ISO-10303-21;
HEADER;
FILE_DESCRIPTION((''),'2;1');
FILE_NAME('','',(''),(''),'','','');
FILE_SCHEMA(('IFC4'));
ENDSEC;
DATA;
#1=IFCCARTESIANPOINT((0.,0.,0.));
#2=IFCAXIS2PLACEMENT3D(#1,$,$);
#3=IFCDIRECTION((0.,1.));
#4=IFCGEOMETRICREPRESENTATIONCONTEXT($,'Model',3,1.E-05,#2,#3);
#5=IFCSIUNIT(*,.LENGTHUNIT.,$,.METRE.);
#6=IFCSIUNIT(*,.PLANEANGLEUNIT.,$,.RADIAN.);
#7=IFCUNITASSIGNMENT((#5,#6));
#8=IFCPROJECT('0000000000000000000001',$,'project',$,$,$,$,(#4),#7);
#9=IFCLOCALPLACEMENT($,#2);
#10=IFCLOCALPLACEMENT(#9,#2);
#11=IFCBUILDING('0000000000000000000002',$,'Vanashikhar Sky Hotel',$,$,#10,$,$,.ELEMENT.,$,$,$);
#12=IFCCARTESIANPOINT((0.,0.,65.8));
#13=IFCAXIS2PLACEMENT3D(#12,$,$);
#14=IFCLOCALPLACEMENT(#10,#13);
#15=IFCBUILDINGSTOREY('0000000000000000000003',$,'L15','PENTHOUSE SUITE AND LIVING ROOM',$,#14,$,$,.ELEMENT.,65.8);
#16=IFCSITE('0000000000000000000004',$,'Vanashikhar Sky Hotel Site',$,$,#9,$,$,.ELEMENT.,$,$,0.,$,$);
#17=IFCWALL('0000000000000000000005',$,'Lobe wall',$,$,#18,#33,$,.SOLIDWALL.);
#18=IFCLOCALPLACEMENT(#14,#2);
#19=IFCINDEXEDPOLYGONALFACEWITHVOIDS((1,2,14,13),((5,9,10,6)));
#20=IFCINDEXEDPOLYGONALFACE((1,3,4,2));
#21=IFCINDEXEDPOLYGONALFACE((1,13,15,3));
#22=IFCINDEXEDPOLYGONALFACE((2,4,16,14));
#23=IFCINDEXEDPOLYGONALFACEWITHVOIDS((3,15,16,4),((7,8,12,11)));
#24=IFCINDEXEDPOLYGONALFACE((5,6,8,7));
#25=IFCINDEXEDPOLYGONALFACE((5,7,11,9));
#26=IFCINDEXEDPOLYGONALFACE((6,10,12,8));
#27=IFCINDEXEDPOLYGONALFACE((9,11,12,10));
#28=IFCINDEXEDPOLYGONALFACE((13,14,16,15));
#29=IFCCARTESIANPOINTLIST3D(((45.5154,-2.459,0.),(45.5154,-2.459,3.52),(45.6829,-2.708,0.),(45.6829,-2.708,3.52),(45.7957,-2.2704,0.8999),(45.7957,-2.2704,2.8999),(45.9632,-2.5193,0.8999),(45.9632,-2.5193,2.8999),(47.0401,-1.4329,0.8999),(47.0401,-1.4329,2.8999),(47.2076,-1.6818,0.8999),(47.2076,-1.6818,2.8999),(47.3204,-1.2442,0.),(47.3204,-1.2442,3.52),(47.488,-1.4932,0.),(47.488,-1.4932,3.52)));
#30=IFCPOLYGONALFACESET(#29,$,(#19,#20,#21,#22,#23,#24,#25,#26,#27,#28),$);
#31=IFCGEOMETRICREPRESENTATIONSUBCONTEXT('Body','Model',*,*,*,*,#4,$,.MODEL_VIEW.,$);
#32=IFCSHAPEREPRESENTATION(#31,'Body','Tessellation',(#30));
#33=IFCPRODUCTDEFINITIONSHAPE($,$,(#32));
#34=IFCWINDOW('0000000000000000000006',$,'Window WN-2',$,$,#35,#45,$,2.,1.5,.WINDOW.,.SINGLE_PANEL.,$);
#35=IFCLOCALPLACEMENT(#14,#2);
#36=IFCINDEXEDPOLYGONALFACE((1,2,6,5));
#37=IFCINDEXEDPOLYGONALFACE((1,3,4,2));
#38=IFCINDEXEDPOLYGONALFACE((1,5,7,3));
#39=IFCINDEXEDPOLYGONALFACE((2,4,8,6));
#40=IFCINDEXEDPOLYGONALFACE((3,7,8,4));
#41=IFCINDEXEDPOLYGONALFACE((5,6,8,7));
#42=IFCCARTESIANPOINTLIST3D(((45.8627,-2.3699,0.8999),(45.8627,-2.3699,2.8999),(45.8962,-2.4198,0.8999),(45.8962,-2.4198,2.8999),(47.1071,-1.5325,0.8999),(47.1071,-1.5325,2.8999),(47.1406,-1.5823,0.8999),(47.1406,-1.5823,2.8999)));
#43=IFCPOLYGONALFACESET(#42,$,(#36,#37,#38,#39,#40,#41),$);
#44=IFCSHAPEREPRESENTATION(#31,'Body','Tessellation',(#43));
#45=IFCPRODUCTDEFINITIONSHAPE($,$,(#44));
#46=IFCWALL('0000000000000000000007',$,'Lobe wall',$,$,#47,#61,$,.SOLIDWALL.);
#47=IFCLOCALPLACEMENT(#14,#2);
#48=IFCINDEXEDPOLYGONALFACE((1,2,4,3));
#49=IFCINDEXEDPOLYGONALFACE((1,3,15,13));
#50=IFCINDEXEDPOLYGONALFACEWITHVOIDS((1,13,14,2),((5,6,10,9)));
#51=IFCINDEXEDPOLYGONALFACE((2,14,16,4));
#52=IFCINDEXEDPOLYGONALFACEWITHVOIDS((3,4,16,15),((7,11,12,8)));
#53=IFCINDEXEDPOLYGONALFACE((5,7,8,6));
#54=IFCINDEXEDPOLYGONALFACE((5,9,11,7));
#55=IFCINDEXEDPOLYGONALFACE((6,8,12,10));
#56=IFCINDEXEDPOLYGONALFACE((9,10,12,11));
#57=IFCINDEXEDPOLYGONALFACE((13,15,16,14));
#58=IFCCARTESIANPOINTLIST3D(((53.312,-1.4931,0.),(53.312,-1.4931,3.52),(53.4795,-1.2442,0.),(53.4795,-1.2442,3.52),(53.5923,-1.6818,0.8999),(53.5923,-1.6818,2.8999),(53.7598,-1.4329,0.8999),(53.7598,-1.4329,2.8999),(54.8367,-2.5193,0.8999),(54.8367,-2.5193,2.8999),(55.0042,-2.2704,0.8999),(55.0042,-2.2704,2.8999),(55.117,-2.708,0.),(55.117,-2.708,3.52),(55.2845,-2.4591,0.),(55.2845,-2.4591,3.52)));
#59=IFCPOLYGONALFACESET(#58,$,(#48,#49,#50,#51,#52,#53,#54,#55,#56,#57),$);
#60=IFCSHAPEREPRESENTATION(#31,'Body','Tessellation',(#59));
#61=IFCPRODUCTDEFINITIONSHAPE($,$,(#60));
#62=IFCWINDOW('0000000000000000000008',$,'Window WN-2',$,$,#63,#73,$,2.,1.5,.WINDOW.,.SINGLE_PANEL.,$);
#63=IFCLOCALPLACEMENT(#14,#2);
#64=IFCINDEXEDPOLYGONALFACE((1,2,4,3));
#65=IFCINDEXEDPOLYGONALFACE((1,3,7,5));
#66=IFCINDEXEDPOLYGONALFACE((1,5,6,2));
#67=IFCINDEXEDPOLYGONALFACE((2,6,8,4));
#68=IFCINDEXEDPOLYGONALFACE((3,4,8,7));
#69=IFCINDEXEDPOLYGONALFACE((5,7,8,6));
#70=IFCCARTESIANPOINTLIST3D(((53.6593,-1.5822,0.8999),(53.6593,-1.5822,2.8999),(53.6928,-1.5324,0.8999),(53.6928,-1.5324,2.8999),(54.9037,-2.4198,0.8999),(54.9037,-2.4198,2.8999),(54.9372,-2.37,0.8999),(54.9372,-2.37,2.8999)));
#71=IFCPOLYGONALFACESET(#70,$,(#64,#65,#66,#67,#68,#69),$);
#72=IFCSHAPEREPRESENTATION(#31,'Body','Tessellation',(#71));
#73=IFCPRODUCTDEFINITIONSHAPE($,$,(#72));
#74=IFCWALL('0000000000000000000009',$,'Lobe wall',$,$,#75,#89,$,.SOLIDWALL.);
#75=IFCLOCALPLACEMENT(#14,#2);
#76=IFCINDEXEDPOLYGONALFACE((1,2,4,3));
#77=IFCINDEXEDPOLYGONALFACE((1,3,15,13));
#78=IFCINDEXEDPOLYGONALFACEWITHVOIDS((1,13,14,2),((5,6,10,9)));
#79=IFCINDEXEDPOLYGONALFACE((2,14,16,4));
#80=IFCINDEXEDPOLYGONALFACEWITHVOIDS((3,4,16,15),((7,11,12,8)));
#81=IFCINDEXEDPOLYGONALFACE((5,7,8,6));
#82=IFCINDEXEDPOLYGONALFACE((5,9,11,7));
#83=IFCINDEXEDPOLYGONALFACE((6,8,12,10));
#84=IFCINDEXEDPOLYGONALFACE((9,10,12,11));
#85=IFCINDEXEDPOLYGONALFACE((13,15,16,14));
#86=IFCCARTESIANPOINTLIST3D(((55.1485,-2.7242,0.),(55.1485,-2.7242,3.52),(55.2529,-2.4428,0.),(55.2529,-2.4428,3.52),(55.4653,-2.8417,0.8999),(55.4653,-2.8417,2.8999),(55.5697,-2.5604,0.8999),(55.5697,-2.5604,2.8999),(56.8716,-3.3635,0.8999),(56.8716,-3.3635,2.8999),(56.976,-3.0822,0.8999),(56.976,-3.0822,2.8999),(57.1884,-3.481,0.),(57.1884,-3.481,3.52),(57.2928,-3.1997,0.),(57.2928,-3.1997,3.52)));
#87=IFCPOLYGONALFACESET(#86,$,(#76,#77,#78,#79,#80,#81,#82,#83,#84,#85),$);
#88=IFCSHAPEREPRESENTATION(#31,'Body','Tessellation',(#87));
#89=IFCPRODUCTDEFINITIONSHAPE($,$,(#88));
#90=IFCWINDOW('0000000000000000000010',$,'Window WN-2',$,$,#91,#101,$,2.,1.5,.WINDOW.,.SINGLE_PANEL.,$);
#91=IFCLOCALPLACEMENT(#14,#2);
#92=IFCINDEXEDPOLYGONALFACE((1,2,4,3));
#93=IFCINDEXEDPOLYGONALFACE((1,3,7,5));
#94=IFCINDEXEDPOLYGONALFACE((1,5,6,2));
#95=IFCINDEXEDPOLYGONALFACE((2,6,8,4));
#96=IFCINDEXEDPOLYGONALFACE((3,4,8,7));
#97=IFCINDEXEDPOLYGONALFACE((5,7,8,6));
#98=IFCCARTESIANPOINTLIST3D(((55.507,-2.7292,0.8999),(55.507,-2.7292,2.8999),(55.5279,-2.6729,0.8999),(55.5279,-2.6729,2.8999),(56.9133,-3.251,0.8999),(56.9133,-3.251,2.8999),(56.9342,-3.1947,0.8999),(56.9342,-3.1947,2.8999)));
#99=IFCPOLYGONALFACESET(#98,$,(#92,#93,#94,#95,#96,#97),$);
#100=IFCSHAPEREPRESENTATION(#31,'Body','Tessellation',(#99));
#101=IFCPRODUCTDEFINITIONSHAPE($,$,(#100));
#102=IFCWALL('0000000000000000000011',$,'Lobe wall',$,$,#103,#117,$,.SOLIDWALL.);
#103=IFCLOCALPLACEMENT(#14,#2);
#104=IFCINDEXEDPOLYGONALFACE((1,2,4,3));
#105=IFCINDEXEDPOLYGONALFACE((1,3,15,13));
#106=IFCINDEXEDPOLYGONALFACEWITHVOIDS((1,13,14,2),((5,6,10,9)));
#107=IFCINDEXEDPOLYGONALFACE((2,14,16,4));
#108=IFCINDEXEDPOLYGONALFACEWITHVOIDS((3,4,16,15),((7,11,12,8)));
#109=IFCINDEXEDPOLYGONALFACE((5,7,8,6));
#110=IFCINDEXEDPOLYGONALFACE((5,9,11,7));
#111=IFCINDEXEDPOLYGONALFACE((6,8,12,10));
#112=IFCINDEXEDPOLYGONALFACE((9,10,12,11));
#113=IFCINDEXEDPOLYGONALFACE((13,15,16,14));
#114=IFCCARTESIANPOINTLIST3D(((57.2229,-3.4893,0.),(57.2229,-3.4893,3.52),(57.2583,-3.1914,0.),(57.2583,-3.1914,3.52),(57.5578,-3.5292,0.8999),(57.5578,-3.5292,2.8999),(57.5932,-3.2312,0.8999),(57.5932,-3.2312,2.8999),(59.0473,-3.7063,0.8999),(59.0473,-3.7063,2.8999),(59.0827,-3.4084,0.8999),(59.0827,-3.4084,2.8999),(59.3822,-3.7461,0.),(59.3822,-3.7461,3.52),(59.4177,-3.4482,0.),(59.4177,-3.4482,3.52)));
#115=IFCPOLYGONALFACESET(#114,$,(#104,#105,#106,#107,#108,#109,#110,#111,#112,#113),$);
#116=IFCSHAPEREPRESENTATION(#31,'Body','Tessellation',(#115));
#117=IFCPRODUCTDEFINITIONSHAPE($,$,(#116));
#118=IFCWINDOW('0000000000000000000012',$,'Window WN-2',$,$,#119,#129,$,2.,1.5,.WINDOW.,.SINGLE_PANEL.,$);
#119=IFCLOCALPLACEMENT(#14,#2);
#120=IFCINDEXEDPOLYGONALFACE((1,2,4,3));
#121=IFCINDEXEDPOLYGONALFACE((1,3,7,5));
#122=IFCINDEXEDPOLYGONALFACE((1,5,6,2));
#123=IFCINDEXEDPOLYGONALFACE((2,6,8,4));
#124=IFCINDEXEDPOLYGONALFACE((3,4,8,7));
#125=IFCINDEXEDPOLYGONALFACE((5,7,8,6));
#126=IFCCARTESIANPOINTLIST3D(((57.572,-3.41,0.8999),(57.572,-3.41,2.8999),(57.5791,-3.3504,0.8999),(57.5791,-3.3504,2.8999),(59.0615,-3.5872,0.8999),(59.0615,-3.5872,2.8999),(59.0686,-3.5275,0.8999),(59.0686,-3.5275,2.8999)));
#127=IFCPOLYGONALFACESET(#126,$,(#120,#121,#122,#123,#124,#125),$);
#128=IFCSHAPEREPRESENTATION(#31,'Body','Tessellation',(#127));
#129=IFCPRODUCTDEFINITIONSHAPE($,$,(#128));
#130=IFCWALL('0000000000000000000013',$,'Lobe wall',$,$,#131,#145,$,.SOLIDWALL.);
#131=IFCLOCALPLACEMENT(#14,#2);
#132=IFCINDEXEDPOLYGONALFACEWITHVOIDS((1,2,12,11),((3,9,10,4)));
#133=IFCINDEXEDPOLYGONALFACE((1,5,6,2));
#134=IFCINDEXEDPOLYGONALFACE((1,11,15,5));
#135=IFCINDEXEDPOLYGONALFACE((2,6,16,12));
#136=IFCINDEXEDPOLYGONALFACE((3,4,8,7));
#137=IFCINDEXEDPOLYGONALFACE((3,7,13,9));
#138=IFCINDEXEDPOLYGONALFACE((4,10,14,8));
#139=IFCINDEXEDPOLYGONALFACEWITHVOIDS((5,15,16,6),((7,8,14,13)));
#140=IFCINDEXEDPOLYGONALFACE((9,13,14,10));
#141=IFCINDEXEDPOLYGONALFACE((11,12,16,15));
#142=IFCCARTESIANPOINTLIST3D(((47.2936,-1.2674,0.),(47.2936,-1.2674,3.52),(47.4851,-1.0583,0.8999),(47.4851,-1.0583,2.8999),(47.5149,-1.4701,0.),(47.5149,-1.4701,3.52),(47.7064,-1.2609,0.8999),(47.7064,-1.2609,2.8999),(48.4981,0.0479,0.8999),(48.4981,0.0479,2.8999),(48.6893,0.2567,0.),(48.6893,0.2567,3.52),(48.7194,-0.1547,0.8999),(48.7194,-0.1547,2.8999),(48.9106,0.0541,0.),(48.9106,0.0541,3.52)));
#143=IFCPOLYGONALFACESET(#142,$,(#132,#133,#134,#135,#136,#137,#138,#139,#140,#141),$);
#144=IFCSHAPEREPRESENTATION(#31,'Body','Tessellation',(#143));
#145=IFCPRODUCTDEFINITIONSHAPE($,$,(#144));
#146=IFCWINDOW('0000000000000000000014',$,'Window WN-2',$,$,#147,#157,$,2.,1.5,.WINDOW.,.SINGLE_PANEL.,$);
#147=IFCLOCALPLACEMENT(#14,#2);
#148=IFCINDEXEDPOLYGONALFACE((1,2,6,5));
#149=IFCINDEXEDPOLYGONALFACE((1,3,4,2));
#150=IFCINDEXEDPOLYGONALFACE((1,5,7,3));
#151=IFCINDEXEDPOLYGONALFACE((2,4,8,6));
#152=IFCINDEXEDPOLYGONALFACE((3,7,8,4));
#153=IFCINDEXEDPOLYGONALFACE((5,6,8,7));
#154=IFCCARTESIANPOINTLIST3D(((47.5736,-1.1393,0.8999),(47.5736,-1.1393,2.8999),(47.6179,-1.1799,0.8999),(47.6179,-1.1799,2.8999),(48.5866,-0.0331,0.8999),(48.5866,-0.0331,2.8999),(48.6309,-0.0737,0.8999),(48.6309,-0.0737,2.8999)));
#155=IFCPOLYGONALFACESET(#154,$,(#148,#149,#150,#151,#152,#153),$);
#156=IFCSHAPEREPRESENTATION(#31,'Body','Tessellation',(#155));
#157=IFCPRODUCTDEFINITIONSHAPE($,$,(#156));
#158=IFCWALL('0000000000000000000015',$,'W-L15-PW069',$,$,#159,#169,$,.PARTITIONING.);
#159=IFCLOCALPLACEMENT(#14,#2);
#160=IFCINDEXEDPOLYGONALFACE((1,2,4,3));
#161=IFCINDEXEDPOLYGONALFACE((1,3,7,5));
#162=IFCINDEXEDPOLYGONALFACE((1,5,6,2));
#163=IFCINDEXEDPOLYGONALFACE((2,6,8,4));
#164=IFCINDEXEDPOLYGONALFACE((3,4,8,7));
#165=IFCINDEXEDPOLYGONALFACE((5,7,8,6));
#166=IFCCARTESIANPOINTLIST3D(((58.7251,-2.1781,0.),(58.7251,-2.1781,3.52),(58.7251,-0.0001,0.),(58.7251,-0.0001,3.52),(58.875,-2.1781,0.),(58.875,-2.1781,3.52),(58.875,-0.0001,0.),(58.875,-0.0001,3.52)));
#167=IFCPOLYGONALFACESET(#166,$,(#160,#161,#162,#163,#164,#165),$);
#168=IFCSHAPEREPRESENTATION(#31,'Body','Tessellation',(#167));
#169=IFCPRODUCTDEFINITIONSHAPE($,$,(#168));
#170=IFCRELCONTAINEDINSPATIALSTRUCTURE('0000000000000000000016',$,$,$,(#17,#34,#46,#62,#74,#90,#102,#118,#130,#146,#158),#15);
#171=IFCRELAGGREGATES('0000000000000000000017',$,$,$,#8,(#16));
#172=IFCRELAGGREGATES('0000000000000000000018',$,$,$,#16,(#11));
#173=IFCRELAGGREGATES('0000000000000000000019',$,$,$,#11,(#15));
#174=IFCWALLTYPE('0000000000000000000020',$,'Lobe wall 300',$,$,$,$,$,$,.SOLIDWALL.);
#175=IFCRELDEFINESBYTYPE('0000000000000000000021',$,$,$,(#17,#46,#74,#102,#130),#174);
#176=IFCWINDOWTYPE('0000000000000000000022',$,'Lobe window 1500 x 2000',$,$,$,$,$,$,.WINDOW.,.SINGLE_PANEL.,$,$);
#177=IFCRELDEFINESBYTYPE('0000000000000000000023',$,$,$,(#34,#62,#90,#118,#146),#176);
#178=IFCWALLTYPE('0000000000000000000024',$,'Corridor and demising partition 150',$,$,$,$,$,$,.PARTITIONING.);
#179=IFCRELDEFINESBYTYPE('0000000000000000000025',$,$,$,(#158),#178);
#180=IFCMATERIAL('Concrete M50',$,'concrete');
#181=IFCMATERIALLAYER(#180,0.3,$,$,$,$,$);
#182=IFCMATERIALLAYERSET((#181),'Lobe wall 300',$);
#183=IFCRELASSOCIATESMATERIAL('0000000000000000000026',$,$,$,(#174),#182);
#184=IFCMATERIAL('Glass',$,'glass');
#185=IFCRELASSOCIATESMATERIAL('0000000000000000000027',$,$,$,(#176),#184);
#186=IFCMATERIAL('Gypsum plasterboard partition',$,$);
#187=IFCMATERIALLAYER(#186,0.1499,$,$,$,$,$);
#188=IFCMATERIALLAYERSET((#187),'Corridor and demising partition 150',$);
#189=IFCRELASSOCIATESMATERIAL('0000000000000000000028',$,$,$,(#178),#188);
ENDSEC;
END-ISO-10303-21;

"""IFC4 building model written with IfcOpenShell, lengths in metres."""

from ifc_helpers import new_model, si_unit, direction, frame, frame_2d, origin, place, context, subcontext, project, spatial, rectangle, extrude, source, transform, mapped, material, layer, layer_set, type_object, element, fill, save


model = new_model("IFC4")

# Units and contexts
model_context = context("Model", 3, precision=1e-05, world=origin(), true_north=direction((0.0, 1.0)))
body_context = subcontext(model_context, "Body", "Model", "MODEL_VIEW")
ifc_project = project(units=[si_unit("LENGTHUNIT", "METRE"), si_unit("PLANEANGLEUNIT", "RADIAN")], contexts=[model_context])

# Site, building, storey
site_placement = place(None, origin())
site = spatial("IfcSite", under=ifc_project, at=site_placement, Name="Vanashikhar Sky Hotel Site", CompositionType="ELEMENT", RefElevation=0.0)
building_placement = place(site_placement, origin())
building = spatial("IfcBuilding", under=site, at=building_placement, Name="Vanashikhar Sky Hotel", CompositionType="ELEMENT")
storey_placement = place(building_placement, frame((0.0, 0.0, 65.8)))
storey = spatial("IfcBuildingStorey", under=building, at=storey_placement, Name="L15", Description="PENTHOUSE SUITE AND LIVING ROOM", CompositionType="ELEMENT", Elevation=65.8)

# Walls, openings, windows
ifc_material_1 = material(Name="Concrete M50", Category="concrete")
ifc_layer_1 = layer(ifc_material_1, 0.3)
ifc_layer_set_1 = layer_set([ifc_layer_1], Name="Lobe wall 300")
wall_type_1 = type_object("IfcWallType", Name="Lobe wall 300", PredefinedType="SOLIDWALL", material=ifc_layer_set_1)
shared_shape_1 = source(origin(), body_context, "Body", "SweptSolid", [
    extrude(rectangle(XDim=2.1758, YDim=0.3, at=frame_2d((1.0879, 0.0))), origin(), (0.0, 0.0, 1.0), 3.52),
])
wall_1_placement = place(storey_placement, frame((45.5991, -2.5835, 0.0), z_axis=(0.0, 0.0, 1.0), x_axis=(0.829626, 0.55832, 0.0)))
wall_1 = element("IfcWall", 1, at=wall_1_placement, inside=storey, type_object=wall_type_1, Name="Lobe wall", PredefinedType="SOLIDWALL", context=body_context, shape_type="MappedRepresentation", body=[
    mapped(shared_shape_1, transform((0.0, 0.0, 0.0), scale=1.0)),
])
shared_shape_2 = source(origin(), body_context, "Body", "SweptSolid", [
    extrude(rectangle(XDim=1.5, YDim=2.0, at=frame_2d((0.75, 1.0))), frame((0.0, 0.1602, 0.0), z_axis=(0.0, -1.0, 0.0), x_axis=(1.0, 0.0, 0.0)), (0.0, 0.0, 1.0), 0.3201),
])
opening_1_placement = place(wall_1_placement, frame((0.3379, 0.0, 0.8999)))
opening_1 = element("IfcOpeningElement", 2, at=opening_1_placement, cuts=wall_1, PredefinedType="OPENING", context=body_context, shape_type="MappedRepresentation", body=[
    mapped(shared_shape_2, transform((0.0, 0.0, 0.0), scale=1.0)),
])
ifc_material_2 = material(Name="Glass", Category="glass")
window_type = type_object("IfcWindowType", Name="Lobe window 1500 x 2000", PartitioningType="SINGLE_PANEL", PredefinedType="WINDOW", material=ifc_material_2)
shared_shape_3 = source(origin(), body_context, "Body", "SweptSolid", [
    extrude(rectangle(XDim=1.5, YDim=2.0, at=frame_2d((0.75, 1.0))), frame((0.0, 0.03, 0.0), z_axis=(0.0, -1.0, 0.0), x_axis=(1.0, 0.0, 0.0)), (0.0, 0.0, 1.0), 0.0601),
])
window_1_placement = place(opening_1_placement, origin())
window_1 = element("IfcWindow", 3, at=window_1_placement, inside=storey, type_object=window_type, Name="Window WN-2", OverallHeight=2.0, OverallWidth=1.5, PartitioningType="SINGLE_PANEL", PredefinedType="WINDOW", context=body_context, shape_type="MappedRepresentation", body=[
    mapped(shared_shape_3, transform((0.0, 0.0, 0.0), scale=1.0)),
])
fill(opening_1, window_1)
wall_2_placement = place(storey_placement, frame((53.3958, -1.3687, 0.0), z_axis=(0.0, 0.0, 1.0), x_axis=(0.829591, -0.558372, 0.0)))
wall_2 = element("IfcWall", 4, at=wall_2_placement, inside=storey, type_object=wall_type_1, Name="Lobe wall", PredefinedType="SOLIDWALL", context=body_context, shape_type="MappedRepresentation", body=[
    mapped(shared_shape_1, transform((0.0, 0.0, 0.0), scale=1.0)),
])
opening_2_placement = place(wall_2_placement, frame((0.3379, 0.0, 0.8999)))
opening_2 = element("IfcOpeningElement", 5, at=opening_2_placement, cuts=wall_2, PredefinedType="OPENING", context=body_context, shape_type="MappedRepresentation", body=[
    mapped(shared_shape_2, transform((0.0, 0.0, 0.0), scale=1.0)),
])
window_2_placement = place(opening_2_placement, origin())
window_2 = element("IfcWindow", 6, at=window_2_placement, inside=storey, type_object=window_type, Name="Window WN-2", OverallHeight=2.0, OverallWidth=1.5, PartitioningType="SINGLE_PANEL", PredefinedType="WINDOW", context=body_context, shape_type="MappedRepresentation", body=[
    mapped(shared_shape_3, transform((0.0, 0.0, 0.0), scale=1.0)),
])
fill(opening_2, window_2)
wall_3_placement = place(storey_placement, frame((55.2007, -2.5835, 0.0), z_axis=(0.0, 0.0, 1.0), x_axis=(0.937546, -0.347863, 0.0)))
wall_3 = element("IfcWall", 7, at=wall_3_placement, inside=storey, type_object=wall_type_1, Name="Lobe wall", PredefinedType="SOLIDWALL", context=body_context, shape_type="MappedRepresentation", body=[
    mapped(shared_shape_1, transform((0.0, 0.0, 0.0), scale=1.0)),
])
opening_3_placement = place(wall_3_placement, frame((0.3379, 0.0, 0.8999)))
opening_3 = element("IfcOpeningElement", 8, at=opening_3_placement, cuts=wall_3, PredefinedType="OPENING", context=body_context, shape_type="MappedRepresentation", body=[
    mapped(shared_shape_2, transform((0.0, 0.0, 0.0), scale=1.0)),
])
window_3_placement = place(opening_3_placement, origin())
window_3 = element("IfcWindow", 9, at=window_3_placement, inside=storey, type_object=window_type, Name="Window WN-2", OverallHeight=2.0, OverallWidth=1.5, PartitioningType="SINGLE_PANEL", PredefinedType="WINDOW", context=body_context, shape_type="MappedRepresentation", body=[
    mapped(shared_shape_3, transform((0.0, 0.0, 0.0), scale=1.0)),
])
fill(opening_3, window_3)
shared_shape_4 = source(origin(), body_context, "Body", "SweptSolid", [
    extrude(rectangle(XDim=2.1746, YDim=0.3, at=frame_2d((1.0874, 0.0))), origin(), (0.0, 0.0, 1.0), 3.52),
])
wall_4_placement = place(storey_placement, frame((57.2405, -3.3403, 0.0), z_axis=(0.0, 0.0, 1.0), x_axis=(0.993001, -0.118105, 0.0)))
wall_4 = element("IfcWall", 10, at=wall_4_placement, inside=storey, type_object=wall_type_1, Name="Lobe wall", PredefinedType="SOLIDWALL", context=body_context, shape_type="MappedRepresentation", body=[
    mapped(shared_shape_4, transform((0.0, 0.0, 0.0), scale=1.0)),
])
opening_4_placement = place(wall_4_placement, frame((0.3374, 0.0, 0.8999)))
opening_4 = element("IfcOpeningElement", 11, at=opening_4_placement, cuts=wall_4, PredefinedType="OPENING", context=body_context, shape_type="MappedRepresentation", body=[
    mapped(shared_shape_2, transform((0.0, 0.0, 0.0), scale=1.0)),
])
window_4_placement = place(opening_4_placement, origin())
window_4 = element("IfcWindow", 12, at=window_4_placement, inside=storey, type_object=window_type, Name="Window WN-2", OverallHeight=2.0, OverallWidth=1.5, PartitioningType="SINGLE_PANEL", PredefinedType="WINDOW", context=body_context, shape_type="MappedRepresentation", body=[
    mapped(shared_shape_3, transform((0.0, 0.0, 0.0), scale=1.0)),
])
fill(opening_4, window_4)
shared_shape_5 = source(origin(), body_context, "Body", "SweptSolid", [
    extrude(rectangle(XDim=2.0667, YDim=0.3, at=frame_2d((1.0332, 0.0))), origin(), (0.0, 0.0, 1.0), 3.52),
])
wall_5_placement = place(storey_placement, frame((47.4043, -1.3687, 0.0), z_axis=(0.0, 0.0, 1.0), x_axis=(0.675355, 0.737492, 0.0)))
wall_5 = element("IfcWall", 13, at=wall_5_placement, inside=storey, type_object=wall_type_1, Name="Lobe wall", PredefinedType="SOLIDWALL", context=body_context, shape_type="MappedRepresentation", body=[
    mapped(shared_shape_5, transform((0.0, 0.0, 0.0), scale=1.0)),
])
opening_5_placement = place(wall_5_placement, frame((0.2834, 0.0, 0.8999)))
opening_5 = element("IfcOpeningElement", 14, at=opening_5_placement, cuts=wall_5, PredefinedType="OPENING", context=body_context, shape_type="MappedRepresentation", body=[
    mapped(shared_shape_2, transform((0.0, 0.0, 0.0), scale=1.0)),
])
window_5_placement = place(opening_5_placement, origin())
window_5 = element("IfcWindow", 15, at=window_5_placement, inside=storey, type_object=window_type, Name="Window WN-2", OverallHeight=2.0, OverallWidth=1.5, PartitioningType="SINGLE_PANEL", PredefinedType="WINDOW", context=body_context, shape_type="MappedRepresentation", body=[
    mapped(shared_shape_3, transform((0.0, 0.0, 0.0), scale=1.0)),
])
fill(opening_5, window_5)

# Wall
ifc_material_3 = material(Name="Gypsum plasterboard partition")
ifc_layer_2 = layer(ifc_material_3, 0.1499)
ifc_layer_set_2 = layer_set([ifc_layer_2], Name="Corridor and demising partition 150")
wall_type_2 = type_object("IfcWallType", Name="Corridor and demising partition 150", PredefinedType="PARTITIONING", material=ifc_layer_set_2)
shared_shape_6 = source(origin(), body_context, "Body", "SweptSolid", [
    extrude(rectangle(XDim=2.178, YDim=0.1499, at=frame_2d((1.0889, 0.0))), origin(), (0.0, 0.0, 1.0), 3.52),
])
wall_6_placement = place(storey_placement, frame((58.8, -2.178, 0.0), z_axis=(0.0, 0.0, 1.0), x_axis=(0.0, 1.0, 0.0)))
element("IfcWall", 16, at=wall_6_placement, inside=storey, type_object=wall_type_2, Name="W-L15-PW069", PredefinedType="PARTITIONING", context=body_context, shape_type="MappedRepresentation", body=[
    mapped(shared_shape_6, transform((0.0, 0.0, 0.0), scale=1.0)),
])

save(model, "model.ifc")
